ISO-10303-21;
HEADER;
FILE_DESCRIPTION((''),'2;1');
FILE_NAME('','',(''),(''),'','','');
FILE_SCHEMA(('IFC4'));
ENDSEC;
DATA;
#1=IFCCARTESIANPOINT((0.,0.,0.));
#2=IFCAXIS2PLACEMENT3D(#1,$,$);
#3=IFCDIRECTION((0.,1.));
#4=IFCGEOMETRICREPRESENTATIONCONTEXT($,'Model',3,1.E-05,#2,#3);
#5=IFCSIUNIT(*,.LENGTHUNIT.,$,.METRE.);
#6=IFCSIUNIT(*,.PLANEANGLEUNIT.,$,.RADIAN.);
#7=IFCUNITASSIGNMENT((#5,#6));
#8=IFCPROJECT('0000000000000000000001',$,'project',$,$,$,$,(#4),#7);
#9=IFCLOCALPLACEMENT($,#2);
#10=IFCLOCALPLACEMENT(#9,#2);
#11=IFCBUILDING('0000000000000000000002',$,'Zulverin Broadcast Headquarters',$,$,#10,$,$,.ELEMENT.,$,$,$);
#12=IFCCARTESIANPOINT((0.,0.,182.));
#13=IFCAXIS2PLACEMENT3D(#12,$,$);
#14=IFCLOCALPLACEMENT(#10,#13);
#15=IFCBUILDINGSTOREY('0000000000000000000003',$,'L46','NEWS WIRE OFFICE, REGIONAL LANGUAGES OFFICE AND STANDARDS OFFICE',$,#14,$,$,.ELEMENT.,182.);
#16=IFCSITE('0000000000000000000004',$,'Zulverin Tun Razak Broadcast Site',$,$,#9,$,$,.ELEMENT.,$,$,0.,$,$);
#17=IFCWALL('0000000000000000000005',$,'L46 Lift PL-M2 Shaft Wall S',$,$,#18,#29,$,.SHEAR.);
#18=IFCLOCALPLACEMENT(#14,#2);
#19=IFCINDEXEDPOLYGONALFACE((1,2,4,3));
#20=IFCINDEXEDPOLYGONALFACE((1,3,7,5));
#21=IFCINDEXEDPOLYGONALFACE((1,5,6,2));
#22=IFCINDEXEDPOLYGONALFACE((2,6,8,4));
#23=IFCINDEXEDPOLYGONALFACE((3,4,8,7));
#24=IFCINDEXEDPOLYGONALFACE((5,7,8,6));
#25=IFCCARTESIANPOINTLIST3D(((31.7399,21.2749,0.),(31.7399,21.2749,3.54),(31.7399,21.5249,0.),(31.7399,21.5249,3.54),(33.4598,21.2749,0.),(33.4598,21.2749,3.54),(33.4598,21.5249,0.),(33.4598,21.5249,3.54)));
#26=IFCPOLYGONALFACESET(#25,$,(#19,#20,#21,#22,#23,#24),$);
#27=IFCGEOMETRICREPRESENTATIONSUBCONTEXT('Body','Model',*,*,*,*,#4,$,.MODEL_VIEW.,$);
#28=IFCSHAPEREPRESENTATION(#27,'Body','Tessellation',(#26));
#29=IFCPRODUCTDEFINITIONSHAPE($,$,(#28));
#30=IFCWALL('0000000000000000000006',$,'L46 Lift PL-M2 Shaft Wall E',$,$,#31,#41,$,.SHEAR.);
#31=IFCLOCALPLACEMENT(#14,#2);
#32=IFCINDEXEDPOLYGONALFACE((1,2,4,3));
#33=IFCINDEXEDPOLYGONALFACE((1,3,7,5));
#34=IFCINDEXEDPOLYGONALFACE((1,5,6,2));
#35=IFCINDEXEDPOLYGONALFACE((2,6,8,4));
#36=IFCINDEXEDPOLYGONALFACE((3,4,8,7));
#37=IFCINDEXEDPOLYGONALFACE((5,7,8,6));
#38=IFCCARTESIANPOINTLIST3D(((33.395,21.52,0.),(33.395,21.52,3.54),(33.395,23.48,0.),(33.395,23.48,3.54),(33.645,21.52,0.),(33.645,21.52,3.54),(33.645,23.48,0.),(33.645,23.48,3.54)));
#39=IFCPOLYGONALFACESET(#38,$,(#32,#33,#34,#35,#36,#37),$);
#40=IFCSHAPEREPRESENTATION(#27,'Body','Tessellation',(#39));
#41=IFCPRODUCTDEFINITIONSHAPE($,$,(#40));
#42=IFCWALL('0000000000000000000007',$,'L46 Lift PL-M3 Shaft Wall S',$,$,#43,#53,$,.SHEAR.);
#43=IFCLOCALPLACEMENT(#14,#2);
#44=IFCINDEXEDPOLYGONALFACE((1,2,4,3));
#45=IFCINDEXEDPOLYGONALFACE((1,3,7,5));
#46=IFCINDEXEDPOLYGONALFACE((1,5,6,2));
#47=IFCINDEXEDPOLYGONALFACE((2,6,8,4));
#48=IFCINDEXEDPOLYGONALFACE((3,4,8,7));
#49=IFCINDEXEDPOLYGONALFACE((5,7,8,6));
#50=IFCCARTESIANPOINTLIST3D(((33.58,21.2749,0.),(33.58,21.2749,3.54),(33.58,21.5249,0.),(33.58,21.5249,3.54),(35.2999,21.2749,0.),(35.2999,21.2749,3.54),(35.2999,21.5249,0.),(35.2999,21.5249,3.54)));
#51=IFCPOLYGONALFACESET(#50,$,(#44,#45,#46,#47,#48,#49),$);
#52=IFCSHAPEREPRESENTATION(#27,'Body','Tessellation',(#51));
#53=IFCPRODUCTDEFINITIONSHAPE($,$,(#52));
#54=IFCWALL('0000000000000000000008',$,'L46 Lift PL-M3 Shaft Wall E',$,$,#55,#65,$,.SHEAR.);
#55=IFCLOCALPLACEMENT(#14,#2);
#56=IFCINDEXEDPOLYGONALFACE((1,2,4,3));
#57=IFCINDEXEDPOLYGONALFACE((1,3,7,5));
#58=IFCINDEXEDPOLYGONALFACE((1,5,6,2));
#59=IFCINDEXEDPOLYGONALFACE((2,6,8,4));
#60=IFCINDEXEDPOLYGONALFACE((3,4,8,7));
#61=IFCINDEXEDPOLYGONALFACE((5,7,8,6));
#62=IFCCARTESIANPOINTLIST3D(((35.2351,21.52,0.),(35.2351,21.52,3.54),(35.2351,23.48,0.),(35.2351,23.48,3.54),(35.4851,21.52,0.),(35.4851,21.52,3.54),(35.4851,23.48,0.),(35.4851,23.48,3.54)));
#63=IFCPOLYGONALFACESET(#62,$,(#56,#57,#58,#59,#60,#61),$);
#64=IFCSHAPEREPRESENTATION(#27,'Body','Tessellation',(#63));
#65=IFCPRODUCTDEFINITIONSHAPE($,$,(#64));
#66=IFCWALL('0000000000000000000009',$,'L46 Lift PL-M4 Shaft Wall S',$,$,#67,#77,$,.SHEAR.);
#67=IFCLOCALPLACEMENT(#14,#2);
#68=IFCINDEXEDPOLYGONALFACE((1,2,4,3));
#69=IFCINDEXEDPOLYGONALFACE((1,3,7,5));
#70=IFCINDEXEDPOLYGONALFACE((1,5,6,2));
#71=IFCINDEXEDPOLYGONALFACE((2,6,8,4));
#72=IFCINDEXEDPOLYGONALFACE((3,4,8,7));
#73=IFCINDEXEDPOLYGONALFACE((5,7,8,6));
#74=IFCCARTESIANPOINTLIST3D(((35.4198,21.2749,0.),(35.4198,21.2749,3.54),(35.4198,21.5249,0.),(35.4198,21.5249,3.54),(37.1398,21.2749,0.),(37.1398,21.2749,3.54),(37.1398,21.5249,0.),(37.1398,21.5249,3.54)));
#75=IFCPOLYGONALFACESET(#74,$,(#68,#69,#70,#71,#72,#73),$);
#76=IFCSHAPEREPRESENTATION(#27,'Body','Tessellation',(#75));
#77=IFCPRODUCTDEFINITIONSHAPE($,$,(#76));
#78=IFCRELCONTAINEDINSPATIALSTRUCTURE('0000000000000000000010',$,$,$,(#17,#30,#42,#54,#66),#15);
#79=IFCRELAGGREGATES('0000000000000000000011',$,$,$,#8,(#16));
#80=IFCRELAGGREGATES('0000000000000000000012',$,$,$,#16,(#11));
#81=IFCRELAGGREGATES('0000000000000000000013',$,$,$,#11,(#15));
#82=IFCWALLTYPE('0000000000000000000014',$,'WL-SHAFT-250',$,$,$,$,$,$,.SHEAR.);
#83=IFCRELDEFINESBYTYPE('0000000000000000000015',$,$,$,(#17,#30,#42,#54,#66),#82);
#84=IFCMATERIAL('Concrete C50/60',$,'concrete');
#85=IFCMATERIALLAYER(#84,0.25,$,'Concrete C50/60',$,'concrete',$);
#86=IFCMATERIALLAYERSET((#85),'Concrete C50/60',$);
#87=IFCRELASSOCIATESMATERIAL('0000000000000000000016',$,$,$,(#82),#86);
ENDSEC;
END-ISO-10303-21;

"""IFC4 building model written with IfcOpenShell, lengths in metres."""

from ifc_helpers import new_model, si_unit, direction, frame, frame_2d, origin, place, context, subcontext, project, spatial, rectangle, extrude, material, layer, layer_set, type_object, element, save


model = new_model("IFC4")

# Units and contexts
model_context = context("Model", 3, precision=1e-05, world=origin(), true_north=direction((0.0, 1.0)))
body_context = subcontext(model_context, "Body", "Model", "MODEL_VIEW")
ifc_project = project(units=[si_unit("LENGTHUNIT", "METRE"), si_unit("PLANEANGLEUNIT", "RADIAN")], contexts=[model_context])

# Site, building, storey
site_placement = place(None, origin())
site = spatial("IfcSite", under=ifc_project, at=site_placement, Name="Zulverin Tun Razak Broadcast Site", CompositionType="ELEMENT", RefElevation=0.0)
building_placement = place(site_placement, origin())
building = spatial("IfcBuilding", under=site, at=building_placement, Name="Zulverin Broadcast Headquarters", CompositionType="ELEMENT")
storey_placement = place(building_placement, frame((0.0, 0.0, 182.0)))
storey = spatial("IfcBuildingStorey", under=building, at=storey_placement, Name="L46", Description="NEWS WIRE OFFICE, REGIONAL LANGUAGES OFFICE AND STANDARDS OFFICE", CompositionType="ELEMENT", Elevation=182.0)

# Shared definitions
ifc_material_1 = material(Name="Concrete C50/60", Category="concrete")

# Walls
ifc_layer_1 = layer(ifc_material_1, 0.25, Name="Concrete C50/60", Category="concrete")
ifc_layer_set_1 = layer_set([ifc_layer_1], Name="Concrete C50/60")
wall_type_1 = type_object("IfcWallType", Name="WL-SHAFT-250", PredefinedType="SHEAR", material=ifc_layer_set_1)
wall_1_placement = place(storey_placement, frame((31.74, 21.3999, 0.0), z_axis=(0.0, 0.0, 1.0), x_axis=(1.0, 0.0, 0.0)))
element("IfcWall", 1, at=wall_1_placement, inside=storey, type_object=wall_type_1, Name="L46 Lift PL-M2 Shaft Wall S", PredefinedType="SHEAR", context=body_context, shape_type="SweptSolid", body=[
    extrude(rectangle(XDim=1.72, YDim=0.25, at=frame_2d((0.8599, 0.0))), origin(), (0.0, 0.0, 1.0), 3.54),
])
wall_2_placement = place(storey_placement, frame((33.52, 21.52, 0.0), z_axis=(0.0, 0.0, 1.0), x_axis=(0.0, 1.0, 0.0)))
element("IfcWall", 2, at=wall_2_placement, inside=storey, type_object=wall_type_1, Name="L46 Lift PL-M2 Shaft Wall E", PredefinedType="SHEAR", context=body_context, shape_type="SweptSolid", body=[
    extrude(rectangle(XDim=1.96, YDim=0.25, at=frame_2d((0.98, 0.0))), origin(), (0.0, 0.0, 1.0), 3.54),
])
wall_3_placement = place(storey_placement, frame((33.5801, 21.3999, 0.0), z_axis=(0.0, 0.0, 1.0), x_axis=(1.0, 0.0, 0.0)))
element("IfcWall", 3, at=wall_3_placement, inside=storey, type_object=wall_type_1, Name="L46 Lift PL-M3 Shaft Wall S", PredefinedType="SHEAR", context=body_context, shape_type="SweptSolid", body=[
    extrude(rectangle(XDim=1.72, YDim=0.25, at=frame_2d((0.8599, 0.0))), origin(), (0.0, 0.0, 1.0), 3.54),
])
wall_4_placement = place(storey_placement, frame((35.3601, 21.52, 0.0), z_axis=(0.0, 0.0, 1.0), x_axis=(0.0, 1.0, 0.0)))
element("IfcWall", 4, at=wall_4_placement, inside=storey, type_object=wall_type_1, Name="L46 Lift PL-M3 Shaft Wall E", PredefinedType="SHEAR", context=body_context, shape_type="SweptSolid", body=[
    extrude(rectangle(XDim=1.96, YDim=0.25, at=frame_2d((0.98, 0.0))), origin(), (0.0, 0.0, 1.0), 3.54),
])
wall_5_placement = place(storey_placement, frame((35.4199, 21.3999, 0.0), z_axis=(0.0, 0.0, 1.0), x_axis=(1.0, 0.0, 0.0)))
element("IfcWall", 5, at=wall_5_placement, inside=storey, type_object=wall_type_1, Name="L46 Lift PL-M4 Shaft Wall S", PredefinedType="SHEAR", context=body_context, shape_type="SweptSolid", body=[
    extrude(rectangle(XDim=1.72, YDim=0.25, at=frame_2d((0.8599, 0.0))), origin(), (0.0, 0.0, 1.0), 3.54),
])

save(model, "model.ifc")
